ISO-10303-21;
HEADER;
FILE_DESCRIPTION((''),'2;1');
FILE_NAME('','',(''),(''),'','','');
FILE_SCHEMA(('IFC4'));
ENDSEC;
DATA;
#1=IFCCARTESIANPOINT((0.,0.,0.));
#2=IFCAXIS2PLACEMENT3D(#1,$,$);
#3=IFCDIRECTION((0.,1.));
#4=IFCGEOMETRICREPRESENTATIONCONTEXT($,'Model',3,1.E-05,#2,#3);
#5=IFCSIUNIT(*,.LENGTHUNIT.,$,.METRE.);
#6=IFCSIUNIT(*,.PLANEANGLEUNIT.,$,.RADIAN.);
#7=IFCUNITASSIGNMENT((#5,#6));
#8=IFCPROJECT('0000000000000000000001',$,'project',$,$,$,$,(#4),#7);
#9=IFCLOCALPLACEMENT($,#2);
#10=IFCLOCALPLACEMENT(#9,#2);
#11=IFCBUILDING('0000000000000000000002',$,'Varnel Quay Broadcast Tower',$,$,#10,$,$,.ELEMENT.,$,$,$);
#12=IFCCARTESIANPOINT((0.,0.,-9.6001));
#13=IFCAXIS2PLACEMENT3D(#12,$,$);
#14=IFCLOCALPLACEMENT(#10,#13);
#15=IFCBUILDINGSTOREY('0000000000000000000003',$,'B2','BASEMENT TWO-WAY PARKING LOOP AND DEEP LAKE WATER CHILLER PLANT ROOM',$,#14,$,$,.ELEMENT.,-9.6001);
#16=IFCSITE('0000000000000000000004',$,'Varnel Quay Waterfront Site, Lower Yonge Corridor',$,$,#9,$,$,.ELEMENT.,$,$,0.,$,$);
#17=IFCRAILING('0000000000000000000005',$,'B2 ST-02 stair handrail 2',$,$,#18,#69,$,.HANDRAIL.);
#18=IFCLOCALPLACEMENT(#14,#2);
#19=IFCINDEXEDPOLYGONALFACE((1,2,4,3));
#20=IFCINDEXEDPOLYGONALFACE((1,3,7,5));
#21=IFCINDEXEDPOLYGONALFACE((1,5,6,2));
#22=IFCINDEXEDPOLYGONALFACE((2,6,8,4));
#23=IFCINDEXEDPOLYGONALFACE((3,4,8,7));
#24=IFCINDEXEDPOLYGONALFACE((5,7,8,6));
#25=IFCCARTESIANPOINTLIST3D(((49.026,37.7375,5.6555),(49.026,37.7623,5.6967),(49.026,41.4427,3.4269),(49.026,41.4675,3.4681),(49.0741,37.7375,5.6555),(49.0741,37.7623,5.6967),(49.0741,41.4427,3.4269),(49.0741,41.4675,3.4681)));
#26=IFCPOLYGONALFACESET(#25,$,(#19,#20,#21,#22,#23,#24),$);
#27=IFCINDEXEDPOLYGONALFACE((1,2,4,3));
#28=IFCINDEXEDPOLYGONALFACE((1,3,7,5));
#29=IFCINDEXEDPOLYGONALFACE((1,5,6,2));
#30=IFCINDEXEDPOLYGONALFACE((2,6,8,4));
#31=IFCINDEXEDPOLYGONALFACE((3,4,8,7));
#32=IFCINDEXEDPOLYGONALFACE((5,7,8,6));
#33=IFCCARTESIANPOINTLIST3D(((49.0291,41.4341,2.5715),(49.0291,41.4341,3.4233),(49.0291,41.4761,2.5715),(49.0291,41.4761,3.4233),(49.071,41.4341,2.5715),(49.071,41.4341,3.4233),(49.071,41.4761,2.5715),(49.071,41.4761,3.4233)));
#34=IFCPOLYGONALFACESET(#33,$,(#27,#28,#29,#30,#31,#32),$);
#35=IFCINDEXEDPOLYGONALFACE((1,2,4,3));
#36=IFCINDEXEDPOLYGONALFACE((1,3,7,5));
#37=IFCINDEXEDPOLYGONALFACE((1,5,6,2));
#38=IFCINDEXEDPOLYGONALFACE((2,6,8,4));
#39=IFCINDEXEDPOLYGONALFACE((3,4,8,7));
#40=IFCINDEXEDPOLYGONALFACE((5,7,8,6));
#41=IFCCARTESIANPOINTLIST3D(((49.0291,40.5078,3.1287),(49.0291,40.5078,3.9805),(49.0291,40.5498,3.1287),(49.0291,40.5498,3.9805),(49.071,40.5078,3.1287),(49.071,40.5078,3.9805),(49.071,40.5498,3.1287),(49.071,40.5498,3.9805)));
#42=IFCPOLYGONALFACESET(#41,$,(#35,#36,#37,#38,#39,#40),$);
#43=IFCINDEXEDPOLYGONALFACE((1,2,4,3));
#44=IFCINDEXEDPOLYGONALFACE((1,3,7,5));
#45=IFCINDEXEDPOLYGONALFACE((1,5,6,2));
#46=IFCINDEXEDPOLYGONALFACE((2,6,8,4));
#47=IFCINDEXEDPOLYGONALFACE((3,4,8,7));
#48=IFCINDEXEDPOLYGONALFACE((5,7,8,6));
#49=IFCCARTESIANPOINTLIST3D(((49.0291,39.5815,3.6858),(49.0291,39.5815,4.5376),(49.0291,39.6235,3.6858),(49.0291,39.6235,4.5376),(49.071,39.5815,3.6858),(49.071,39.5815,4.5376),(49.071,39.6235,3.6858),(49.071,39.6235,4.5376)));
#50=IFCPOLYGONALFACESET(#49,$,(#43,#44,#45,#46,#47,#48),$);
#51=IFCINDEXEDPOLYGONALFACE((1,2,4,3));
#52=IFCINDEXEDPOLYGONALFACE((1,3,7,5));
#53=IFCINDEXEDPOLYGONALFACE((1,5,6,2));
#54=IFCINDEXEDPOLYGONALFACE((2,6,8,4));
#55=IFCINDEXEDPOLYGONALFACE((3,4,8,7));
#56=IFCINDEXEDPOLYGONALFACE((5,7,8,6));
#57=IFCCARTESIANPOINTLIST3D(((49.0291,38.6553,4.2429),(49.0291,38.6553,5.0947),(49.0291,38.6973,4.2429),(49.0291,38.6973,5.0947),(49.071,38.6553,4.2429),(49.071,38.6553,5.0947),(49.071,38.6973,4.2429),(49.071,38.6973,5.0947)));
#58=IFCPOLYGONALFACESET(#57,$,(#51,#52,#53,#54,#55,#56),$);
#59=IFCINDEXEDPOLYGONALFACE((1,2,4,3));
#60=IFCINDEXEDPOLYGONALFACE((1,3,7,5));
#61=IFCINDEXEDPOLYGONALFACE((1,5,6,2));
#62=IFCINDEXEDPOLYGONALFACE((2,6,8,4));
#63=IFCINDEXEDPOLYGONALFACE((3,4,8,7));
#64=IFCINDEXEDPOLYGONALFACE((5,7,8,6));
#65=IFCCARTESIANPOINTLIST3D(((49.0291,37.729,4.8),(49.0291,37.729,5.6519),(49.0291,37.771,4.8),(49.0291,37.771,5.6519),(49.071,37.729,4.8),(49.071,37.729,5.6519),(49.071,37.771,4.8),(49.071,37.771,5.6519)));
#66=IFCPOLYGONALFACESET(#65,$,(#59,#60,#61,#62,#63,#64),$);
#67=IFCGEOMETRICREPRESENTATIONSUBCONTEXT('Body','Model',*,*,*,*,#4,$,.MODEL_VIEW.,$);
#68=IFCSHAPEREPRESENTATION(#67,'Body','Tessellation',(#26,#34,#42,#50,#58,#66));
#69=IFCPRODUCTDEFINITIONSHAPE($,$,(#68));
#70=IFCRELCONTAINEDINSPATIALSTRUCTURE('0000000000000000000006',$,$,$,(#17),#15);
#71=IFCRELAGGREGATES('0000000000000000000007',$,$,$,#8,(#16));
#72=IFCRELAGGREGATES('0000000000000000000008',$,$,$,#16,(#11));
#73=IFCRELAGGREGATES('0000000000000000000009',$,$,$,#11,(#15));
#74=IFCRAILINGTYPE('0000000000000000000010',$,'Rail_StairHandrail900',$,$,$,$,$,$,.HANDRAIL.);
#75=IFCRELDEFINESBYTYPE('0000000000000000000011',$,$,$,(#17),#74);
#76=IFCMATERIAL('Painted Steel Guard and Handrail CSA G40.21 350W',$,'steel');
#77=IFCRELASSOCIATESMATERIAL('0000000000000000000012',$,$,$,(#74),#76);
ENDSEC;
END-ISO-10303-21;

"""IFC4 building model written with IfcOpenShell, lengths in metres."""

from ifc_helpers import new_model, si_unit, direction, frame, origin, origin_2d, place, context, subcontext, project, spatial, rectangle, extrude, material, type_object, element, save


model = new_model("IFC4")

# Units and contexts
model_context = context("Model", 3, precision=1e-05, world=origin(), true_north=direction((0.0, 1.0)))
body_context = subcontext(model_context, "Body", "Model", "MODEL_VIEW")
ifc_project = project(units=[si_unit("LENGTHUNIT", "METRE"), si_unit("PLANEANGLEUNIT", "RADIAN")], contexts=[model_context])

# Site, building, storey
site_placement = place(None, origin())
site = spatial("IfcSite", under=ifc_project, at=site_placement, Name="Varnel Quay Waterfront Site, Lower Yonge Corridor", CompositionType="ELEMENT", RefElevation=0.0)
building_placement = place(site_placement, origin())
building = spatial("IfcBuilding", under=site, at=building_placement, Name="Varnel Quay Broadcast Tower", CompositionType="ELEMENT")
storey_placement = place(building_placement, frame((0.0, 0.0, -9.6001)))
storey = spatial("IfcBuildingStorey", under=building, at=storey_placement, Name="B2", Description="BASEMENT TWO-WAY PARKING LOOP AND DEEP LAKE WATER CHILLER PLANT ROOM", CompositionType="ELEMENT", Elevation=-9.6001)

# Railing
ifc_material_1 = material(Name="Painted Steel Guard and Handrail CSA G40.21 350W", Category="steel")
railing_type_1 = type_object("IfcRailingType", Name="Rail_StairHandrail900", PredefinedType="HANDRAIL", material=ifc_material_1)
railing_1_placement = place(storey_placement, frame((49.05, 41.4551, 2.5715)))
element("IfcRailing", 1, at=railing_1_placement, inside=storey, type_object=railing_type_1, Name="B2 ST-02 stair handrail 2", PredefinedType="HANDRAIL", context=body_context, shape_type="SweptSolid", body=[
    extrude(rectangle(XDim=0.0481, YDim=0.0481, at=origin_2d()), frame((0.0, 0.0, 0.876), z_axis=(0.0, -0.856934, 0.515425), x_axis=(1.0, 0.0, 0.0)), (0.0, 0.0, 1.0), 4.3237),
    extrude(rectangle(XDim=0.042, YDim=0.042, at=origin_2d()), origin(), (0.0, 0.0, 1.0), 0.8518),
    extrude(rectangle(XDim=0.042, YDim=0.042, at=origin_2d()), frame((0.0, -0.9263, 0.5571)), (0.0, 0.0, 1.0), 0.8518),
    extrude(rectangle(XDim=0.042, YDim=0.042, at=origin_2d()), frame((0.0, -1.8525, 1.1143)), (0.0, 0.0, 1.0), 0.8518),
    extrude(rectangle(XDim=0.042, YDim=0.042, at=origin_2d()), frame((0.0, -2.7788, 1.6714)), (0.0, 0.0, 1.0), 0.8518),
    extrude(rectangle(XDim=0.042, YDim=0.042, at=origin_2d()), frame((0.0, -3.7051, 2.2285)), (0.0, 0.0, 1.0), 0.8518),
])

save(model, "model.ifc")
